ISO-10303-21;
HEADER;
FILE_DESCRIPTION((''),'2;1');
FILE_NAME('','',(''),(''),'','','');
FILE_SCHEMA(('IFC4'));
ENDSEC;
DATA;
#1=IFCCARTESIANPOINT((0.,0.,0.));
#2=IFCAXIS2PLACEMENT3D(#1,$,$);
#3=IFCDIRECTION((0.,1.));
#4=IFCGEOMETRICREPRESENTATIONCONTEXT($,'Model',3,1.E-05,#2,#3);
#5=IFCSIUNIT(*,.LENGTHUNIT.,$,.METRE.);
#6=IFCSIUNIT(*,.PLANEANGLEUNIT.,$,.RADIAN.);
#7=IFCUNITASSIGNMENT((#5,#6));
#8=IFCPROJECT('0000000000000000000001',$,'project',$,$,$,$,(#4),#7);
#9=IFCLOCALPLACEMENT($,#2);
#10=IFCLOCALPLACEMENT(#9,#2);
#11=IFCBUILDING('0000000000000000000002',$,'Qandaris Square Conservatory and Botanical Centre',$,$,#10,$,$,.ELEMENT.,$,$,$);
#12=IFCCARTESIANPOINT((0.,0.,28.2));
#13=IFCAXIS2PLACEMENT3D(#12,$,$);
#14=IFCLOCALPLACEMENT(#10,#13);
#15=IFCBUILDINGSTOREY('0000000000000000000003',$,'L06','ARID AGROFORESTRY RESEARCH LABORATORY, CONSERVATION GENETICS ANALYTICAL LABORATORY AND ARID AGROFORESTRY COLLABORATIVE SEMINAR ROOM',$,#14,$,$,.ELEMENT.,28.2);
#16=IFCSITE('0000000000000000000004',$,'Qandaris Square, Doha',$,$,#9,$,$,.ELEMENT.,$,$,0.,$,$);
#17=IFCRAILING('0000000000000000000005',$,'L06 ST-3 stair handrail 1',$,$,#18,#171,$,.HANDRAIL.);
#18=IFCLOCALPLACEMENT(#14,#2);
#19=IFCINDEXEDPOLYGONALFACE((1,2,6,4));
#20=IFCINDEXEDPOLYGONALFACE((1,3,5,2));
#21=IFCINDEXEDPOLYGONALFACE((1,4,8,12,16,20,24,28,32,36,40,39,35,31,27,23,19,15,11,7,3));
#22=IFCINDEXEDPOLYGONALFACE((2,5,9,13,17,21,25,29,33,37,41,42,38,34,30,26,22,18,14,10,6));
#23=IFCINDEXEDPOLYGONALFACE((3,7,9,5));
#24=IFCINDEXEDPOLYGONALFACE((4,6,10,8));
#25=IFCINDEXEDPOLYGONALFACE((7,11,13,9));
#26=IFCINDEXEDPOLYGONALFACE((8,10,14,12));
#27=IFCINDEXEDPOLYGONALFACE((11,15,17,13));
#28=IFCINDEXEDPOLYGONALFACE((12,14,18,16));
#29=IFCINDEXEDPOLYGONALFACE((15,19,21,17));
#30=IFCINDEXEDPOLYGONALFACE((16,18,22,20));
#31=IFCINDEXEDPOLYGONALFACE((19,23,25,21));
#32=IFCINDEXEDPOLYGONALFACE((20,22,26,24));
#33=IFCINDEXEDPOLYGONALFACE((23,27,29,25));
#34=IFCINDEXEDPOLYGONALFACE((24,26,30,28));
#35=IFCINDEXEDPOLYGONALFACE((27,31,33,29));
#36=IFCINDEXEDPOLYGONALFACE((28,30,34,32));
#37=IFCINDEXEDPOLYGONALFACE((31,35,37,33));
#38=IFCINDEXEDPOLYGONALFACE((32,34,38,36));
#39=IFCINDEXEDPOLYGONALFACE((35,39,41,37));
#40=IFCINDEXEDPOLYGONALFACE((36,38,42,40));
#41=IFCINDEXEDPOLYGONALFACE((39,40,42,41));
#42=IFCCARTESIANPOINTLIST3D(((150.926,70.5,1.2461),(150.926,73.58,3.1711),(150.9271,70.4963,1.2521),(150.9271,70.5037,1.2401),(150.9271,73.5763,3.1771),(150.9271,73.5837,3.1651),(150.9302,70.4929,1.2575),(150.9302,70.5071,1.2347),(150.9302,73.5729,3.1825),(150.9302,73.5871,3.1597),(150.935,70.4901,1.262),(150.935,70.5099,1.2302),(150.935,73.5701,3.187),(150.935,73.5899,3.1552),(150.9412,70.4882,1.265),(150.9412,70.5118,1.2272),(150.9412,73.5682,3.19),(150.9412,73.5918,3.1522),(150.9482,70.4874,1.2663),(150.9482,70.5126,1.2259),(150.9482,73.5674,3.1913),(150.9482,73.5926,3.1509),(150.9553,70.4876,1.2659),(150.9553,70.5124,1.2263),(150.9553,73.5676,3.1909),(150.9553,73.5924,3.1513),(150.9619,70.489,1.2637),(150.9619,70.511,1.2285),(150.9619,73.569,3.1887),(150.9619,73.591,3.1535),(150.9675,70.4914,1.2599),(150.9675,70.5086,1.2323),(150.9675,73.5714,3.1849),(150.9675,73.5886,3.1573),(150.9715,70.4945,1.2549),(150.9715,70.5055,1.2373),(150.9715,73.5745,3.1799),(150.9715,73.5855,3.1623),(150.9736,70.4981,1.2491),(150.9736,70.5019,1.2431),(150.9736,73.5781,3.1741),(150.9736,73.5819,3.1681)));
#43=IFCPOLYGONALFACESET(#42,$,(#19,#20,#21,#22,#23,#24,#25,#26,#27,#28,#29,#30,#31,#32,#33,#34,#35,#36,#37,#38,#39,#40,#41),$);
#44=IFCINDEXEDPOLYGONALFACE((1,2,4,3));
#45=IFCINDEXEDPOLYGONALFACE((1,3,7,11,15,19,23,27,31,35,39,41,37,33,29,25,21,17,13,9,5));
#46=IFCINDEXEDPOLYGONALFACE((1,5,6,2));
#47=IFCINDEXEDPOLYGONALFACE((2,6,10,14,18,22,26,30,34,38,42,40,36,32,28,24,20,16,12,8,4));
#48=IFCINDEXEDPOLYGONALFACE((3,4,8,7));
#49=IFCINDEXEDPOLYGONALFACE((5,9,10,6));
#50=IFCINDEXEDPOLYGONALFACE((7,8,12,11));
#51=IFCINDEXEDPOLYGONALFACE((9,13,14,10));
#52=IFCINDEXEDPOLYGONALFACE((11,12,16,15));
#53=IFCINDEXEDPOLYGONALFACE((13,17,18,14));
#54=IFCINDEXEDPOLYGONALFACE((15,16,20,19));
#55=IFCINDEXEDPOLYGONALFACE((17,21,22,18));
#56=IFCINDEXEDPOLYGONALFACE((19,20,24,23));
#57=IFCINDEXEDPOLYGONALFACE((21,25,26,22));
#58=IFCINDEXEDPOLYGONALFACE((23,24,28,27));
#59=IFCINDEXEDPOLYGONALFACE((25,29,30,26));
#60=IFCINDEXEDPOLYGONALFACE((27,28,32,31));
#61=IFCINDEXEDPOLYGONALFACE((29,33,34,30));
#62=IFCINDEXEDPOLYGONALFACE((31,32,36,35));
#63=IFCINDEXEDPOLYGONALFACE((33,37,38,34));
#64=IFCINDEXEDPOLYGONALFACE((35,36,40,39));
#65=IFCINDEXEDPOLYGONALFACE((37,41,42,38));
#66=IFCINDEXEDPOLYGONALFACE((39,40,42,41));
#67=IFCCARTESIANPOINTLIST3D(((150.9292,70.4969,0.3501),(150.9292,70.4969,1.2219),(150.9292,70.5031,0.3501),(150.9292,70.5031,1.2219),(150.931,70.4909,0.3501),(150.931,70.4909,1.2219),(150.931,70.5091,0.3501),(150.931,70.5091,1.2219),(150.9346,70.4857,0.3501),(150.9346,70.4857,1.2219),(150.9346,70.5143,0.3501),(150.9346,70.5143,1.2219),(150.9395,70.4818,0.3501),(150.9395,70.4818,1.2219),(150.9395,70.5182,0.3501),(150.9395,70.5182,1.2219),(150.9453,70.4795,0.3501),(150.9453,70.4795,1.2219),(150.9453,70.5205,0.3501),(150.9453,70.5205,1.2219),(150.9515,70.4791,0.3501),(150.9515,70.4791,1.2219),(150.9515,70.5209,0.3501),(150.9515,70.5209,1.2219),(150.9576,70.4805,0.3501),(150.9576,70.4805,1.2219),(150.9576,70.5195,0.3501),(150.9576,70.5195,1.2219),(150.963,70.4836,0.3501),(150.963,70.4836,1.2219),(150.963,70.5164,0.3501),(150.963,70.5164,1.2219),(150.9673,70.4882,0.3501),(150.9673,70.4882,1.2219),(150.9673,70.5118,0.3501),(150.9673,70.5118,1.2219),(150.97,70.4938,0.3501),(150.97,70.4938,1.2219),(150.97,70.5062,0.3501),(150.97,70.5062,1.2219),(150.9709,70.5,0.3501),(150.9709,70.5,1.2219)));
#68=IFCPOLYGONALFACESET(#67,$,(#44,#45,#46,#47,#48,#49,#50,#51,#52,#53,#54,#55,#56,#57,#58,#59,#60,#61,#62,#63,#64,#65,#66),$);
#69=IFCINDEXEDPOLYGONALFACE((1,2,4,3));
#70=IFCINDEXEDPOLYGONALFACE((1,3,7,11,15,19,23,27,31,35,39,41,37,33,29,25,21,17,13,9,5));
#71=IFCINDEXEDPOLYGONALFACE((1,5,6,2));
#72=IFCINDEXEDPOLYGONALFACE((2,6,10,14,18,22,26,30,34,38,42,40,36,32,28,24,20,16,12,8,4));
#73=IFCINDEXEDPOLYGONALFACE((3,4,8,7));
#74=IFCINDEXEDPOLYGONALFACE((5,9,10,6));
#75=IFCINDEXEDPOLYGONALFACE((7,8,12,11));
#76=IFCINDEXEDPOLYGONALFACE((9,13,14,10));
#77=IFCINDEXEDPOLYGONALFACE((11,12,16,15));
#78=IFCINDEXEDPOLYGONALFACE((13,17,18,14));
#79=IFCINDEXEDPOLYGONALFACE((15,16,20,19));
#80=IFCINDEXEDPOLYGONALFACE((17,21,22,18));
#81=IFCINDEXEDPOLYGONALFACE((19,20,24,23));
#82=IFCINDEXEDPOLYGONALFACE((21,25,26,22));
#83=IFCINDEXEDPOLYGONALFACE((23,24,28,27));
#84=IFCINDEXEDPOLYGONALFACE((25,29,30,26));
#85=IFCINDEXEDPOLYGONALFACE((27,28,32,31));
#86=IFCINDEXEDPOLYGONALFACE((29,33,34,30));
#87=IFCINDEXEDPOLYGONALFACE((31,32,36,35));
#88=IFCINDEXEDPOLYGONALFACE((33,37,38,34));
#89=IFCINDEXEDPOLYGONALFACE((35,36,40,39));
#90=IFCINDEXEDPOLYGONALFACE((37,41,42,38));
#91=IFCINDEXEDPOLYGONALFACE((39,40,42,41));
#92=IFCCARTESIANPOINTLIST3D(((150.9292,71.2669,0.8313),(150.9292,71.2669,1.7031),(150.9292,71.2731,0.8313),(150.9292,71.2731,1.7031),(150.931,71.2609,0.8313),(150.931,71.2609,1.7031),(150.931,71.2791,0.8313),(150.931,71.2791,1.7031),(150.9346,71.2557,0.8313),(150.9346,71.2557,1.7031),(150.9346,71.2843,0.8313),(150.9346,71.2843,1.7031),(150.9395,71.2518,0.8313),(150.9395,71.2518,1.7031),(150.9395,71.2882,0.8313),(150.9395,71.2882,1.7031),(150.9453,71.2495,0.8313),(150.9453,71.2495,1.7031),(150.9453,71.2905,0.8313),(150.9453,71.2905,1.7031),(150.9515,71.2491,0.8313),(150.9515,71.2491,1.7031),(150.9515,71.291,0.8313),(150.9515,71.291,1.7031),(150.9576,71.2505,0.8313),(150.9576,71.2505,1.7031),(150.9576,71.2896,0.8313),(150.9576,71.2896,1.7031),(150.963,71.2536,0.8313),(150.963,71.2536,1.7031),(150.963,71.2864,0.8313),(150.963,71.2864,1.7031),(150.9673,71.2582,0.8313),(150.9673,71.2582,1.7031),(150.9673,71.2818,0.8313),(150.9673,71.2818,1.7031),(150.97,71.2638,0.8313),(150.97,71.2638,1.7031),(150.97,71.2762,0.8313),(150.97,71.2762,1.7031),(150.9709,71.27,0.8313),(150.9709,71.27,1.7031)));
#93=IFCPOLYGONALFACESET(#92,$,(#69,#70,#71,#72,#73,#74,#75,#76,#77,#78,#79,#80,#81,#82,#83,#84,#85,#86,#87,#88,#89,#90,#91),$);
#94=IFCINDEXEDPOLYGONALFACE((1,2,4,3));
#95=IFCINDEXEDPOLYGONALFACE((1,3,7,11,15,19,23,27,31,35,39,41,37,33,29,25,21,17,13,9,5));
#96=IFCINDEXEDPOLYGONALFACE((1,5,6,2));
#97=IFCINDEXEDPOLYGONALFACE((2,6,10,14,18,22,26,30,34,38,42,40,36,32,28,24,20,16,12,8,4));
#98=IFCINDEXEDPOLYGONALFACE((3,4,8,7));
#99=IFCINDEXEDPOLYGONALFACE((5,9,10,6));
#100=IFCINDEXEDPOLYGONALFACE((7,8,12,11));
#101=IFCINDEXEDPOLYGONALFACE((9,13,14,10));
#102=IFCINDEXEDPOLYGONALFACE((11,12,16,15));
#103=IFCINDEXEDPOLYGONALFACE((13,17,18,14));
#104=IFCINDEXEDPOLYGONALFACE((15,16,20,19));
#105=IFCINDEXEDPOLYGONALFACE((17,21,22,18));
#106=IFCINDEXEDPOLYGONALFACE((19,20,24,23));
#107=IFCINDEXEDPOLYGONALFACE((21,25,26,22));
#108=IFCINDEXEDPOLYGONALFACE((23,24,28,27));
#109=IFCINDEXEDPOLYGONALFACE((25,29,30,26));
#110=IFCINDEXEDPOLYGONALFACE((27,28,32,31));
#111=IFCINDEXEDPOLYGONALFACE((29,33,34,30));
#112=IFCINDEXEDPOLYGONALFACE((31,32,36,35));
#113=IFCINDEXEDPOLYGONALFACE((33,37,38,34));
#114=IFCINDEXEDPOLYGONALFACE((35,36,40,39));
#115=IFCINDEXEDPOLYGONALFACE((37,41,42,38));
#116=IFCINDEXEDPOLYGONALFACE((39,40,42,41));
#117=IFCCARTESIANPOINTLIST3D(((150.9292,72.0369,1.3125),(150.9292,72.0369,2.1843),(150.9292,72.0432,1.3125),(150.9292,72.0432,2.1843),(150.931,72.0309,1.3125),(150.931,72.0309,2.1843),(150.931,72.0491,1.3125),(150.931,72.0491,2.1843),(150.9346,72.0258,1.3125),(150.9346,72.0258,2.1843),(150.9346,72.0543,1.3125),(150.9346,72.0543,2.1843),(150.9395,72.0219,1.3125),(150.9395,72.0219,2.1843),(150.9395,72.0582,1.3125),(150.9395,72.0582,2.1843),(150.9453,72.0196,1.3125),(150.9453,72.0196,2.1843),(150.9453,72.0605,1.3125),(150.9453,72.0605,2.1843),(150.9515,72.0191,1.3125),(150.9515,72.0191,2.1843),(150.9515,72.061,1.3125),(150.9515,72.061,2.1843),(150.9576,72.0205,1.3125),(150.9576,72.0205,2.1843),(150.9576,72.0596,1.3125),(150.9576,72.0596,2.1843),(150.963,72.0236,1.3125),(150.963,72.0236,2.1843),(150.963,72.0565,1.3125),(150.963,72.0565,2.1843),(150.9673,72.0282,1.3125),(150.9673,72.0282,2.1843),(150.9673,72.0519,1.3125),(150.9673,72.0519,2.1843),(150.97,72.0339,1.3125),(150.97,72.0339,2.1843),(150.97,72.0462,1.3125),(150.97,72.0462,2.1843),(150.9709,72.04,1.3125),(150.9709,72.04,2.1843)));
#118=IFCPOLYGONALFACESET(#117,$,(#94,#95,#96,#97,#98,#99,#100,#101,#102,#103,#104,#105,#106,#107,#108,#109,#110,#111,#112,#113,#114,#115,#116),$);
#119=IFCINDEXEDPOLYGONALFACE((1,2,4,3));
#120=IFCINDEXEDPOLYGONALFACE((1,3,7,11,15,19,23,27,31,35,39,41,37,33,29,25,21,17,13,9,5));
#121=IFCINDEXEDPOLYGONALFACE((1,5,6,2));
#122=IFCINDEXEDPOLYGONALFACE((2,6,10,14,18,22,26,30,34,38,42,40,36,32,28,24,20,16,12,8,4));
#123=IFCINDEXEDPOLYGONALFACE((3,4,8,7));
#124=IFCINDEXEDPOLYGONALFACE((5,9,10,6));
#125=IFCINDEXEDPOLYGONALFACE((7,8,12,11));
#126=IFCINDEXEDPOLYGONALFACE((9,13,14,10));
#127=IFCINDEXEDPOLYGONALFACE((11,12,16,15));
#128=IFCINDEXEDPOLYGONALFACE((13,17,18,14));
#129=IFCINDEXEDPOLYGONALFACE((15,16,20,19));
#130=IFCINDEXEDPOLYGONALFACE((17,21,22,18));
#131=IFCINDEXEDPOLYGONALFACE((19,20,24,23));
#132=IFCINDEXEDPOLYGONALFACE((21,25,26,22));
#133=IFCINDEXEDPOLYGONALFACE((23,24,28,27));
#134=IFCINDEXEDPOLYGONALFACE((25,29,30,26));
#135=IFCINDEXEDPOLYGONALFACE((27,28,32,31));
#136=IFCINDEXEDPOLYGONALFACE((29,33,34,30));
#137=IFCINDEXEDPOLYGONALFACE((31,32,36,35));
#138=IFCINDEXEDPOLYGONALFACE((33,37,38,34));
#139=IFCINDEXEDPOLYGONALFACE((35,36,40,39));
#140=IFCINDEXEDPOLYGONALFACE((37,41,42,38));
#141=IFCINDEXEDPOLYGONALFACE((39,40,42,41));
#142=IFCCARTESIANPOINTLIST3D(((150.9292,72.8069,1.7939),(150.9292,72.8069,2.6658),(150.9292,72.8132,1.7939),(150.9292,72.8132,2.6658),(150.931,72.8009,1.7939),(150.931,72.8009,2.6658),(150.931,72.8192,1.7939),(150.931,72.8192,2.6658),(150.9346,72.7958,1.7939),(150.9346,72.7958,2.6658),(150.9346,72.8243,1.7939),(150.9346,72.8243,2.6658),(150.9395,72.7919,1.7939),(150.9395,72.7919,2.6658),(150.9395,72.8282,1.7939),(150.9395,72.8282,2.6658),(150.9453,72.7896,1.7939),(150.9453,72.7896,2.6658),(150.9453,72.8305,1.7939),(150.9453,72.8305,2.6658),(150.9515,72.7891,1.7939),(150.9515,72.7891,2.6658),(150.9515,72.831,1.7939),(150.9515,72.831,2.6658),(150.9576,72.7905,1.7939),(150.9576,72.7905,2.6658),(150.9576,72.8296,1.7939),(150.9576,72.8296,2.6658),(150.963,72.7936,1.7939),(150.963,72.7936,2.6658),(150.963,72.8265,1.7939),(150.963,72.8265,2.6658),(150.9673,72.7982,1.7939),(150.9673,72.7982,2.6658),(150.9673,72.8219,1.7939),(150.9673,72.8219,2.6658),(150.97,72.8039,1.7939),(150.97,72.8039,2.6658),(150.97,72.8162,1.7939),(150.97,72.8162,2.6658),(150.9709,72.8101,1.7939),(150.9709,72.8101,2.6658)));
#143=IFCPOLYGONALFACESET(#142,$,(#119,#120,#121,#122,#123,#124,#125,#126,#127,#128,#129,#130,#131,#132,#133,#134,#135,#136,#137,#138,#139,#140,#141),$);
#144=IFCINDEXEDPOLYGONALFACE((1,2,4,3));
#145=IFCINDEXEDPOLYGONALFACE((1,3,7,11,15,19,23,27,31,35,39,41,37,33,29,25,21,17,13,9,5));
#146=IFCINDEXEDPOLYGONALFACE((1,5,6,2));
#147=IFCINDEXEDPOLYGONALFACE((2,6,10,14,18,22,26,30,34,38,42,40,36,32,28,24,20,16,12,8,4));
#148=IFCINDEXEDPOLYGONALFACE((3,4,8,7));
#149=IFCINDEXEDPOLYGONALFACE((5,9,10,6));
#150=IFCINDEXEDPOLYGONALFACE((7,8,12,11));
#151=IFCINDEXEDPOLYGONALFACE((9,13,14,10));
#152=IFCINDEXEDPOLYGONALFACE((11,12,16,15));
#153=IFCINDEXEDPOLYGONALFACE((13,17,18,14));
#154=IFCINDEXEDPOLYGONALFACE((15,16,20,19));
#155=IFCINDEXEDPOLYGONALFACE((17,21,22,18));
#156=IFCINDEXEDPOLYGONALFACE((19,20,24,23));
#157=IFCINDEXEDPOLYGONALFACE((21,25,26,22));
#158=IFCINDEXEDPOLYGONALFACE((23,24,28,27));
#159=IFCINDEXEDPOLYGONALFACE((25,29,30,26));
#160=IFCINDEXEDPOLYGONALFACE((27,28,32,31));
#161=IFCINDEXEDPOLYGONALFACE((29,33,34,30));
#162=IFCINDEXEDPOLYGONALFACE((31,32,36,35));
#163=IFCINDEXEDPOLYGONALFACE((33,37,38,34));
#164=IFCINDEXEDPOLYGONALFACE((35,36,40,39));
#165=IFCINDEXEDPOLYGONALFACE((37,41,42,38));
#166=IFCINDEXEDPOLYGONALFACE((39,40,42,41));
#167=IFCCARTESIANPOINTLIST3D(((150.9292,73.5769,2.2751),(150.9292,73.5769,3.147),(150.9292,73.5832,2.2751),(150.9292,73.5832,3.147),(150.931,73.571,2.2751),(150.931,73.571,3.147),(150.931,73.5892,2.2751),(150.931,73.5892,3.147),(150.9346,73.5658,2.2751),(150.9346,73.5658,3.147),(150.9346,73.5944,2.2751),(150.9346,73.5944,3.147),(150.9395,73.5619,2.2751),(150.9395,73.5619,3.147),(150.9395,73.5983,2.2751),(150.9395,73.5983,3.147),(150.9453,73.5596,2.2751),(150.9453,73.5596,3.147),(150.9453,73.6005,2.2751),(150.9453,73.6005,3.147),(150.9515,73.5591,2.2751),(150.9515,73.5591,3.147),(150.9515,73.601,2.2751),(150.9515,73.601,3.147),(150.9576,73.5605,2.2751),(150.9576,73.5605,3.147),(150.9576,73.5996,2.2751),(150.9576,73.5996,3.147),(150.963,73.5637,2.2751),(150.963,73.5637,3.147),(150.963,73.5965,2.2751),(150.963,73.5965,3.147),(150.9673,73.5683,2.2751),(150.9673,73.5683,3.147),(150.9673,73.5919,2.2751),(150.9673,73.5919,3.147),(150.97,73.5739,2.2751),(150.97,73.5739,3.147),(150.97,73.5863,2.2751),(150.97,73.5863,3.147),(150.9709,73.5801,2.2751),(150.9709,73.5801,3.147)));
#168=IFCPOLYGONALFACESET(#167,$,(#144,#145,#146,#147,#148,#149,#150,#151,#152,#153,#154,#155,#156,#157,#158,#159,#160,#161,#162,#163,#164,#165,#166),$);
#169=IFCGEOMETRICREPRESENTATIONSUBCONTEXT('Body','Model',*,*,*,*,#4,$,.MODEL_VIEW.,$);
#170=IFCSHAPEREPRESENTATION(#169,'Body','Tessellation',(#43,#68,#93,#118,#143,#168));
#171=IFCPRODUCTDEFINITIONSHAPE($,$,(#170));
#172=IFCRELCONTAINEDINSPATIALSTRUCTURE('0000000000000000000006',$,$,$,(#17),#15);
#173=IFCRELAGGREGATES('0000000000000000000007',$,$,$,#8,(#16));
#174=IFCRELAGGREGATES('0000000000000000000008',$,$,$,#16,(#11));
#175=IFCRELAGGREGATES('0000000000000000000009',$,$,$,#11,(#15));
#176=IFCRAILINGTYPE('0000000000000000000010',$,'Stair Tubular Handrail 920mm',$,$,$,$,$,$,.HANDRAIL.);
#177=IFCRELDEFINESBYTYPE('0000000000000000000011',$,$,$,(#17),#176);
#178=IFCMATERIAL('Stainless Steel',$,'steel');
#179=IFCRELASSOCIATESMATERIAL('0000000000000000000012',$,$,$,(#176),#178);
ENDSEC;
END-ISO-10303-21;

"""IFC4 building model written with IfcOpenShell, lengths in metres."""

from ifc_helpers import new_model, si_unit, direction, frame, origin, origin_2d, place, context, subcontext, project, spatial, circle, extrude, material, type_object, element, save


model = new_model("IFC4")

# Units and contexts
model_context = context("Model", 3, precision=1e-05, world=origin(), true_north=direction((0.0, 1.0)))
body_context = subcontext(model_context, "Body", "Model", "MODEL_VIEW")
ifc_project = project(units=[si_unit("LENGTHUNIT", "METRE"), si_unit("PLANEANGLEUNIT", "RADIAN")], contexts=[model_context])

# Site, building, storey
site_placement = place(None, origin())
site = spatial("IfcSite", under=ifc_project, at=site_placement, Name="Qandaris Square, Doha", CompositionType="ELEMENT", RefElevation=0.0)
building_placement = place(site_placement, origin())
building = spatial("IfcBuilding", under=site, at=building_placement, Name="Qandaris Square Conservatory and Botanical Centre", CompositionType="ELEMENT")
storey_placement = place(building_placement, frame((0.0, 0.0, 28.2)))
storey = spatial("IfcBuildingStorey", under=building, at=storey_placement, Name="L06", Description="ARID AGROFORESTRY RESEARCH LABORATORY, CONSERVATION GENETICS ANALYTICAL LABORATORY AND ARID AGROFORESTRY COLLABORATIVE SEMINAR ROOM", CompositionType="ELEMENT", Elevation=28.2)

# Railing
ifc_material_1 = material(Name="Stainless Steel", Category="steel")
railing_type_1 = type_object("IfcRailingType", Name="Stair Tubular Handrail 920mm", PredefinedType="HANDRAIL", material=ifc_material_1)
railing_1_placement = place(storey_placement, frame((150.95, 70.5, 0.3501)))
element("IfcRailing", 1, at=railing_1_placement, inside=storey, type_object=railing_type_1, Name="L06 ST-3 stair handrail 1", PredefinedType="HANDRAIL", context=body_context, shape_type="SweptSolid", body=[
    extrude(circle(Radius=0.0239, at=origin_2d()), frame((0.0, 0.0, 0.896), z_axis=(0.0, 0.847998, 0.529999), x_axis=(-1.0, 0.0, 0.0)), (0.0, 0.0, 1.0), 3.6321),
    extrude(circle(Radius=0.021, at=origin_2d()), origin(), (0.0, 0.0, 1.0), 0.8718),
    extrude(circle(Radius=0.021, at=origin_2d()), frame((0.0, 0.77, 0.4812)), (0.0, 0.0, 1.0), 0.8718),
    extrude(circle(Radius=0.021, at=origin_2d()), frame((0.0, 1.54, 0.9624)), (0.0, 0.0, 1.0), 0.8718),
    extrude(circle(Radius=0.021, at=origin_2d()), frame((0.0, 2.3101, 1.4438)), (0.0, 0.0, 1.0), 0.8718),
    extrude(circle(Radius=0.021, at=origin_2d()), frame((0.0, 3.0801, 1.925)), (0.0, 0.0, 1.0), 0.8718),
])

save(model, "model.ifc")
